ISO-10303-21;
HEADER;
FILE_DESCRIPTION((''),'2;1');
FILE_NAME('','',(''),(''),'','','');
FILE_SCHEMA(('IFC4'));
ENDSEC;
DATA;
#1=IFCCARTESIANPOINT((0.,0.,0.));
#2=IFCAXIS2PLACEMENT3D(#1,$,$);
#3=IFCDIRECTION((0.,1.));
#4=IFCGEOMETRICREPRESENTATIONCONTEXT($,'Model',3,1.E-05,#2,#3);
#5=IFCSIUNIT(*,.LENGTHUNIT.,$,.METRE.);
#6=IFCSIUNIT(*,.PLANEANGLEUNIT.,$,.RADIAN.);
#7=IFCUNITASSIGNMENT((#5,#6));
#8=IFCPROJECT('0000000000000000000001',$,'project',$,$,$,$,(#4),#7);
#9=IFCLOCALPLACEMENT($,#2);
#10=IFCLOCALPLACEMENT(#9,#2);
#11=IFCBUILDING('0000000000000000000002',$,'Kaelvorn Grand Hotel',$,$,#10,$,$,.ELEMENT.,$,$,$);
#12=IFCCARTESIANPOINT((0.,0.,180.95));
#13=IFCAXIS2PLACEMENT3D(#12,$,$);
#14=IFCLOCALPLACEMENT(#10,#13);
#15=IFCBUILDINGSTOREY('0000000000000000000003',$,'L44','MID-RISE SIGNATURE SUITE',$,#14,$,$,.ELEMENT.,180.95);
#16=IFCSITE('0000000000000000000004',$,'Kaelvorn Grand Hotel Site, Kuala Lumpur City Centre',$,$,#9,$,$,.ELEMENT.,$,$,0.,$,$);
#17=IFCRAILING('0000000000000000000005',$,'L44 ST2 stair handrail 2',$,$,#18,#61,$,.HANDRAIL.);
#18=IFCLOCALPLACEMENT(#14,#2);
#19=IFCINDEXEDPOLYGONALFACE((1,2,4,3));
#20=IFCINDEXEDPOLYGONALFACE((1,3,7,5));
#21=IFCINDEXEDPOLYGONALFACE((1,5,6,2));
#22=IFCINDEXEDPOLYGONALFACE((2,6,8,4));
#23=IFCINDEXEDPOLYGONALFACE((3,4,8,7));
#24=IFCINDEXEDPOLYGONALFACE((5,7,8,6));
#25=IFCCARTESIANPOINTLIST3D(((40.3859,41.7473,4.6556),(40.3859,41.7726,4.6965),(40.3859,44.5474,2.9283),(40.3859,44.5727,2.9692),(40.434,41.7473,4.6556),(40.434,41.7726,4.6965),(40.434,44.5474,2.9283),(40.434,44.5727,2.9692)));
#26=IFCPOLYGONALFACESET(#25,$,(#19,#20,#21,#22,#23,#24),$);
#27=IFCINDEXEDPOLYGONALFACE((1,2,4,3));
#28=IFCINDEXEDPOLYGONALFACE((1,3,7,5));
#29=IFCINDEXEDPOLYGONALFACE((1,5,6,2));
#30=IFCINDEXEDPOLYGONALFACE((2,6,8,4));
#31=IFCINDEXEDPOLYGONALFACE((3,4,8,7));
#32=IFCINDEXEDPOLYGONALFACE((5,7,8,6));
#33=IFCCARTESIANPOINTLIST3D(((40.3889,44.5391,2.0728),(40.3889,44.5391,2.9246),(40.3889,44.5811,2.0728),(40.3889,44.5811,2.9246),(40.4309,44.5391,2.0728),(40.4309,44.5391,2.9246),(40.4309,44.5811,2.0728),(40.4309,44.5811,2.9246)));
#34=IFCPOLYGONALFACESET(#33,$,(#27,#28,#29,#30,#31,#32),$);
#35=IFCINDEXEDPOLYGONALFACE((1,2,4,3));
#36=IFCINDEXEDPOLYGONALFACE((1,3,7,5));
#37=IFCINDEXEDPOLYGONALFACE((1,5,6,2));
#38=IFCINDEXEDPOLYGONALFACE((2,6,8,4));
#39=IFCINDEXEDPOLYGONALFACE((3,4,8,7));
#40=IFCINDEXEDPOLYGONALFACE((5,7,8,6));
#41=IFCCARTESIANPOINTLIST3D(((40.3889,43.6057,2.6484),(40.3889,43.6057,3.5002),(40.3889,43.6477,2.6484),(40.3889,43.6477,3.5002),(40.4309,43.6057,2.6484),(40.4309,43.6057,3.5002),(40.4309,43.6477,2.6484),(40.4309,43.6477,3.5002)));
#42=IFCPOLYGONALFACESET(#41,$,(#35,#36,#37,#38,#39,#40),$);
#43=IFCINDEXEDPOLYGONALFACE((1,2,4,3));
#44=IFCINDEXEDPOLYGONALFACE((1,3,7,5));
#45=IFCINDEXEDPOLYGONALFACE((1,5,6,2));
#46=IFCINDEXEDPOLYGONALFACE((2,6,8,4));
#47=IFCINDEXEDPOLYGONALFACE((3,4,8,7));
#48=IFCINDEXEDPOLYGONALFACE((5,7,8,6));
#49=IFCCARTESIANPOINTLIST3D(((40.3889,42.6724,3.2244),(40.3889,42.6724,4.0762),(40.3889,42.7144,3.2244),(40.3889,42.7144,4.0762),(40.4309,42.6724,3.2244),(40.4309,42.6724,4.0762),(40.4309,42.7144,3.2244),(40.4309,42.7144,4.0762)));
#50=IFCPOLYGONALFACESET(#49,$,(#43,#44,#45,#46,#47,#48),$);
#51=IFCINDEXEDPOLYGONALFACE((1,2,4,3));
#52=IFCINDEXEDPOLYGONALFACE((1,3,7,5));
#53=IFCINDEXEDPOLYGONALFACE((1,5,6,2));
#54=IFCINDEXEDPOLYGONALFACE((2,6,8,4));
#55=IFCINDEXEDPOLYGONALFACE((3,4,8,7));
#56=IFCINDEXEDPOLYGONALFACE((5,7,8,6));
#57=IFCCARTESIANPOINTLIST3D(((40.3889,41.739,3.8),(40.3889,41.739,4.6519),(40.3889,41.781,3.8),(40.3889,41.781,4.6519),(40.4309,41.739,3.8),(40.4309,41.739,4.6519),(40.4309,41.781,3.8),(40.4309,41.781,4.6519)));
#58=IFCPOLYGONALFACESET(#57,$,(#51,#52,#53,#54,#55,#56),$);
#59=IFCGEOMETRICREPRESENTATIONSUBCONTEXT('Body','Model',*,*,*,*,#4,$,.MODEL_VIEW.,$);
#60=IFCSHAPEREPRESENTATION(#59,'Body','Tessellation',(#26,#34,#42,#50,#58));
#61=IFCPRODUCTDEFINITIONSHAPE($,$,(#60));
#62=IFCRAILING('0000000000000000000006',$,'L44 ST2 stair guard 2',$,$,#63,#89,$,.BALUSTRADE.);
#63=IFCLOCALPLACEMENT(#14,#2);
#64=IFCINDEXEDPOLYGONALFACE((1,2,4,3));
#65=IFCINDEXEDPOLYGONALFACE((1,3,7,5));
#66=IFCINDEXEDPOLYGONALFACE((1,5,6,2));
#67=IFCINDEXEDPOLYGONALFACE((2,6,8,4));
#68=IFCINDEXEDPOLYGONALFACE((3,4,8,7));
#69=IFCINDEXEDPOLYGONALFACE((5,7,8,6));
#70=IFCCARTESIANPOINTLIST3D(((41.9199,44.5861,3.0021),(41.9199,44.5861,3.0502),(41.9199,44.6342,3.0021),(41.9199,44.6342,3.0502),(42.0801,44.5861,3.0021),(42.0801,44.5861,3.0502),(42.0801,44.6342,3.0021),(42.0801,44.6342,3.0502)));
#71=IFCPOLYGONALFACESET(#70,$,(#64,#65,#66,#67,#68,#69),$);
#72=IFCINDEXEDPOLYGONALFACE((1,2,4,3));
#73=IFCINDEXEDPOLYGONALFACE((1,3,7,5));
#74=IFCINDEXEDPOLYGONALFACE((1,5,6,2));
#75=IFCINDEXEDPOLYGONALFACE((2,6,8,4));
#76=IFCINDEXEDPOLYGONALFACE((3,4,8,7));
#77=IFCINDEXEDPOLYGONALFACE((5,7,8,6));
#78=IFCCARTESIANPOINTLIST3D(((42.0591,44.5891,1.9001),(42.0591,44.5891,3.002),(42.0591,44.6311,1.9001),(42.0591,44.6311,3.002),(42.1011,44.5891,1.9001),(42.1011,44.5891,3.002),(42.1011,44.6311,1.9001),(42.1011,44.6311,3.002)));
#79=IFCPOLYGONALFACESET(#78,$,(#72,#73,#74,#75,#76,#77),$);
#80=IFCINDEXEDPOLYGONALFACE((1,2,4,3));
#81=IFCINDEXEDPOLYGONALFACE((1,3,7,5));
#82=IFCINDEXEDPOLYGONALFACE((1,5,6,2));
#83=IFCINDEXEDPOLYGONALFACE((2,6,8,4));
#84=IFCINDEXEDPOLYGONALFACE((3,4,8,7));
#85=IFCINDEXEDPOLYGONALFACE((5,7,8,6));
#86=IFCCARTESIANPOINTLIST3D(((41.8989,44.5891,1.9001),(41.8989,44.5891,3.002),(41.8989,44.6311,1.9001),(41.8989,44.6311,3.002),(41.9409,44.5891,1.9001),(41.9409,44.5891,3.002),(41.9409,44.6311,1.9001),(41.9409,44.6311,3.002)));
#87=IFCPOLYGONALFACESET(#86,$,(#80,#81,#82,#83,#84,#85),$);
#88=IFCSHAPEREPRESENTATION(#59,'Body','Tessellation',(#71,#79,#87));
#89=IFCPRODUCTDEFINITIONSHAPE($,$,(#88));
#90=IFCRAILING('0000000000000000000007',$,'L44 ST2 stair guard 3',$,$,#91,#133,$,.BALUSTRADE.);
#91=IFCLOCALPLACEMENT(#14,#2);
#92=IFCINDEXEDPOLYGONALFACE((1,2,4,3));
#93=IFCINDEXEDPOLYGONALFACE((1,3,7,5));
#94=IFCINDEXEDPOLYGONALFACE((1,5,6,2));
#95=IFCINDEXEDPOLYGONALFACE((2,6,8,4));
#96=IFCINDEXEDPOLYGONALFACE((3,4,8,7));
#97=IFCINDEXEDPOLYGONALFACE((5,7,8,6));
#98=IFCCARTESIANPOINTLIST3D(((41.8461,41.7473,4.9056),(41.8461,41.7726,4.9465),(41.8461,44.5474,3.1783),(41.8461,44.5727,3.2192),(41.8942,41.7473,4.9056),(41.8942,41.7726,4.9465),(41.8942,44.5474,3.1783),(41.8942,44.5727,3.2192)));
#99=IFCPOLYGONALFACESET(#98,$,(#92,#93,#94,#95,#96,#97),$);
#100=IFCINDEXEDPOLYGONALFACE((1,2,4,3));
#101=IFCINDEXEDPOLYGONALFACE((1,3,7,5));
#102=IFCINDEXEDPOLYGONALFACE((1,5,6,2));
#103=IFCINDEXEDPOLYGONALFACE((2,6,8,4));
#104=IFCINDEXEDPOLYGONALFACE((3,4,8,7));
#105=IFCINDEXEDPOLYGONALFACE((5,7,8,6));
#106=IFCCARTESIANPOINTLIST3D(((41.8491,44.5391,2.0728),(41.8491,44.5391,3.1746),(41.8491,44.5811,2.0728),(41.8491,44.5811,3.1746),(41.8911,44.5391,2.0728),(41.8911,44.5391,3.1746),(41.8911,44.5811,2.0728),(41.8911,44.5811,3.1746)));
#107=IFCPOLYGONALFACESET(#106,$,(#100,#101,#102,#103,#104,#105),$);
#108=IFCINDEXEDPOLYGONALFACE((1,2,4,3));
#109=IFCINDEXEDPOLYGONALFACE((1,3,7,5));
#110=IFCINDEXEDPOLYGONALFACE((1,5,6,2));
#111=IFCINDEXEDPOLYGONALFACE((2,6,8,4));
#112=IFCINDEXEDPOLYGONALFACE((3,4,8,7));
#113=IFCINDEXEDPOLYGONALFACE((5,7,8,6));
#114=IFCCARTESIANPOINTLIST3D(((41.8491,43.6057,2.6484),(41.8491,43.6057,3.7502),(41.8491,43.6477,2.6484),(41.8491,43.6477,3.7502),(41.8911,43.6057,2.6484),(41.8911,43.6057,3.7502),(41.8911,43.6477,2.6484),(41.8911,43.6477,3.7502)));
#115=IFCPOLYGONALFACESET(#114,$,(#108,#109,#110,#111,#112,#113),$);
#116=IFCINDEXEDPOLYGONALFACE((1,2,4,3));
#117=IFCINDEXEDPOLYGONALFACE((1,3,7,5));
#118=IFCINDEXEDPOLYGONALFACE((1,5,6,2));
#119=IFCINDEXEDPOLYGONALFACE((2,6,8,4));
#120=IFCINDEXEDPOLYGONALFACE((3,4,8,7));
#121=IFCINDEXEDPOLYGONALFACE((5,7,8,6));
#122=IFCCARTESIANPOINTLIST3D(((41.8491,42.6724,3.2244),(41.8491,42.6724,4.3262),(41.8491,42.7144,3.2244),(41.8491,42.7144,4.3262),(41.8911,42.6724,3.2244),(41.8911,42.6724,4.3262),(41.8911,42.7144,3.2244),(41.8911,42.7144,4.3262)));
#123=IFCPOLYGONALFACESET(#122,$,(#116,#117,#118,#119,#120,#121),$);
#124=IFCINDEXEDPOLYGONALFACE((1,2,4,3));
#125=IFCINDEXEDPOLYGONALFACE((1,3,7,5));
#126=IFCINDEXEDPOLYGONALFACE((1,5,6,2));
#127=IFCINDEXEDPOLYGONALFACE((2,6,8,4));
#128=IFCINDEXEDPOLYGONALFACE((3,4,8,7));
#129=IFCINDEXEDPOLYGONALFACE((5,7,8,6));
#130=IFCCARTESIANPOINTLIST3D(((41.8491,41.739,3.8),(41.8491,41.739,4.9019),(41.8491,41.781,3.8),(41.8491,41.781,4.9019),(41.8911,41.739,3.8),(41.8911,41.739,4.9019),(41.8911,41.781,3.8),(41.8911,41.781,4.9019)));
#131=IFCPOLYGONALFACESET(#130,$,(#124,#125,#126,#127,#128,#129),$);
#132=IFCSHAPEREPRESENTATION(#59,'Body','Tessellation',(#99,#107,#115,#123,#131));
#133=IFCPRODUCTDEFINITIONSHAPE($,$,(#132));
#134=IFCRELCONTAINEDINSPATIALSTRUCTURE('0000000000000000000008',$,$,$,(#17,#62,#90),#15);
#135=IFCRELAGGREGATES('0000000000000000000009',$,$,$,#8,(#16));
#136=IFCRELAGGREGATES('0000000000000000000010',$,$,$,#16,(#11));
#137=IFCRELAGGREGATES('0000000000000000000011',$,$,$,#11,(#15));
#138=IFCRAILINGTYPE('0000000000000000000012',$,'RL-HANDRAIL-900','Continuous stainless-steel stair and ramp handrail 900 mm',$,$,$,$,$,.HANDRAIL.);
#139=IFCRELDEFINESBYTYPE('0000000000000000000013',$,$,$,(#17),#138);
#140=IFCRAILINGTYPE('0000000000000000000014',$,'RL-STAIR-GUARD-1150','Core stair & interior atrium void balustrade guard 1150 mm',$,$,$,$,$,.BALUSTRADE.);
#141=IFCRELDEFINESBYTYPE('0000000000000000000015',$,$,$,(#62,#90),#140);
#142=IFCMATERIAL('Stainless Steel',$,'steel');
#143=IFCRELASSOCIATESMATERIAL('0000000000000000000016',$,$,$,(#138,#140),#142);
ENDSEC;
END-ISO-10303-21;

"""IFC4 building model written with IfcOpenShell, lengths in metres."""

from ifc_helpers import new_model, si_unit, direction, frame, origin, origin_2d, place, context, subcontext, project, spatial, rectangle, extrude, material, type_object, element, save


model = new_model("IFC4")

# Units and contexts
model_context = context("Model", 3, precision=1e-05, world=origin(), true_north=direction((0.0, 1.0)))
body_context = subcontext(model_context, "Body", "Model", "MODEL_VIEW")
ifc_project = project(units=[si_unit("LENGTHUNIT", "METRE"), si_unit("PLANEANGLEUNIT", "RADIAN")], contexts=[model_context])

# Site, building, storey
site_placement = place(None, origin())
site = spatial("IfcSite", under=ifc_project, at=site_placement, Name="Kaelvorn Grand Hotel Site, Kuala Lumpur City Centre", CompositionType="ELEMENT", RefElevation=0.0)
building_placement = place(site_placement, origin())
building = spatial("IfcBuilding", under=site, at=building_placement, Name="Kaelvorn Grand Hotel", CompositionType="ELEMENT")
storey_placement = place(building_placement, frame((0.0, 0.0, 180.95)))
storey = spatial("IfcBuildingStorey", under=building, at=storey_placement, Name="L44", Description="MID-RISE SIGNATURE SUITE", CompositionType="ELEMENT", Elevation=180.95)

# Railings
ifc_material_1 = material(Name="Stainless Steel", Category="steel")
railing_type_1 = type_object("IfcRailingType", Name="RL-HANDRAIL-900", Description="Continuous stainless-steel stair and ramp handrail 900 mm", PredefinedType="HANDRAIL", material=ifc_material_1)
railing_1_placement = place(storey_placement, frame((40.4099, 44.5601, 2.0728)))
element("IfcRailing", 1, at=railing_1_placement, inside=storey, type_object=railing_type_1, Name="L44 ST2 stair handrail 2", PredefinedType="HANDRAIL", context=body_context, shape_type="SweptSolid", body=[
    extrude(rectangle(XDim=0.0481, YDim=0.0481, at=origin_2d()), frame((0.0, 0.0, 0.876), z_axis=(0.0, -0.85109, 0.52502), x_axis=(1.0, 0.0, 0.0)), (0.0, 0.0, 1.0), 3.29),
    extrude(rectangle(XDim=0.042, YDim=0.042, at=origin_2d()), origin(), (0.0, 0.0, 1.0), 0.8518),
    extrude(rectangle(XDim=0.042, YDim=0.042, at=origin_2d()), frame((0.0, -0.9333, 0.5757)), (0.0, 0.0, 1.0), 0.8518),
    extrude(rectangle(XDim=0.042, YDim=0.042, at=origin_2d()), frame((0.0, -1.8667, 1.1516)), (0.0, 0.0, 1.0), 0.8518),
    extrude(rectangle(XDim=0.042, YDim=0.042, at=origin_2d()), frame((0.0, -2.8, 1.7273)), (0.0, 0.0, 1.0), 0.8518),
])
railing_type_2 = type_object("IfcRailingType", Name="RL-STAIR-GUARD-1150", Description="Core stair & interior atrium void balustrade guard 1150 mm", PredefinedType="BALUSTRADE", material=ifc_material_1)
railing_2_placement = place(storey_placement, frame((42.0801, 44.6101, 1.9001)))
element("IfcRailing", 2, at=railing_2_placement, inside=storey, type_object=railing_type_2, Name="L44 ST2 stair guard 2", PredefinedType="BALUSTRADE", context=body_context, shape_type="SweptSolid", body=[
    extrude(rectangle(XDim=0.0481, YDim=0.0481, at=origin_2d()), frame((0.0, 0.0, 1.126), z_axis=(-1.0, 0.0, 0.0), x_axis=(0.0, -1.0, 0.0)), (0.0, 0.0, 1.0), 0.1602),
    extrude(rectangle(XDim=0.042, YDim=0.042, at=origin_2d()), origin(), (0.0, 0.0, 1.0), 1.1018),
    extrude(rectangle(XDim=0.042, YDim=0.042, at=origin_2d()), frame((-0.1602, 0.0, 0.0)), (0.0, 0.0, 1.0), 1.1018),
])
railing_3_placement = place(storey_placement, frame((41.8701, 44.5601, 2.0728)))
element("IfcRailing", 3, at=railing_3_placement, inside=storey, type_object=railing_type_2, Name="L44 ST2 stair guard 3", PredefinedType="BALUSTRADE", context=body_context, shape_type="SweptSolid", body=[
    extrude(rectangle(XDim=0.0481, YDim=0.0481, at=origin_2d()), frame((0.0, 0.0, 1.126), z_axis=(0.0, -0.85109, 0.52502), x_axis=(1.0, 0.0, 0.0)), (0.0, 0.0, 1.0), 3.29),
    extrude(rectangle(XDim=0.042, YDim=0.042, at=origin_2d()), origin(), (0.0, 0.0, 1.0), 1.1018),
    extrude(rectangle(XDim=0.042, YDim=0.042, at=origin_2d()), frame((0.0, -0.9333, 0.5757)), (0.0, 0.0, 1.0), 1.1018),
    extrude(rectangle(XDim=0.042, YDim=0.042, at=origin_2d()), frame((0.0, -1.8667, 1.1516)), (0.0, 0.0, 1.0), 1.1018),
    extrude(rectangle(XDim=0.042, YDim=0.042, at=origin_2d()), frame((0.0, -2.8, 1.7273)), (0.0, 0.0, 1.0), 1.1018),
])

save(model, "model.ifc")
